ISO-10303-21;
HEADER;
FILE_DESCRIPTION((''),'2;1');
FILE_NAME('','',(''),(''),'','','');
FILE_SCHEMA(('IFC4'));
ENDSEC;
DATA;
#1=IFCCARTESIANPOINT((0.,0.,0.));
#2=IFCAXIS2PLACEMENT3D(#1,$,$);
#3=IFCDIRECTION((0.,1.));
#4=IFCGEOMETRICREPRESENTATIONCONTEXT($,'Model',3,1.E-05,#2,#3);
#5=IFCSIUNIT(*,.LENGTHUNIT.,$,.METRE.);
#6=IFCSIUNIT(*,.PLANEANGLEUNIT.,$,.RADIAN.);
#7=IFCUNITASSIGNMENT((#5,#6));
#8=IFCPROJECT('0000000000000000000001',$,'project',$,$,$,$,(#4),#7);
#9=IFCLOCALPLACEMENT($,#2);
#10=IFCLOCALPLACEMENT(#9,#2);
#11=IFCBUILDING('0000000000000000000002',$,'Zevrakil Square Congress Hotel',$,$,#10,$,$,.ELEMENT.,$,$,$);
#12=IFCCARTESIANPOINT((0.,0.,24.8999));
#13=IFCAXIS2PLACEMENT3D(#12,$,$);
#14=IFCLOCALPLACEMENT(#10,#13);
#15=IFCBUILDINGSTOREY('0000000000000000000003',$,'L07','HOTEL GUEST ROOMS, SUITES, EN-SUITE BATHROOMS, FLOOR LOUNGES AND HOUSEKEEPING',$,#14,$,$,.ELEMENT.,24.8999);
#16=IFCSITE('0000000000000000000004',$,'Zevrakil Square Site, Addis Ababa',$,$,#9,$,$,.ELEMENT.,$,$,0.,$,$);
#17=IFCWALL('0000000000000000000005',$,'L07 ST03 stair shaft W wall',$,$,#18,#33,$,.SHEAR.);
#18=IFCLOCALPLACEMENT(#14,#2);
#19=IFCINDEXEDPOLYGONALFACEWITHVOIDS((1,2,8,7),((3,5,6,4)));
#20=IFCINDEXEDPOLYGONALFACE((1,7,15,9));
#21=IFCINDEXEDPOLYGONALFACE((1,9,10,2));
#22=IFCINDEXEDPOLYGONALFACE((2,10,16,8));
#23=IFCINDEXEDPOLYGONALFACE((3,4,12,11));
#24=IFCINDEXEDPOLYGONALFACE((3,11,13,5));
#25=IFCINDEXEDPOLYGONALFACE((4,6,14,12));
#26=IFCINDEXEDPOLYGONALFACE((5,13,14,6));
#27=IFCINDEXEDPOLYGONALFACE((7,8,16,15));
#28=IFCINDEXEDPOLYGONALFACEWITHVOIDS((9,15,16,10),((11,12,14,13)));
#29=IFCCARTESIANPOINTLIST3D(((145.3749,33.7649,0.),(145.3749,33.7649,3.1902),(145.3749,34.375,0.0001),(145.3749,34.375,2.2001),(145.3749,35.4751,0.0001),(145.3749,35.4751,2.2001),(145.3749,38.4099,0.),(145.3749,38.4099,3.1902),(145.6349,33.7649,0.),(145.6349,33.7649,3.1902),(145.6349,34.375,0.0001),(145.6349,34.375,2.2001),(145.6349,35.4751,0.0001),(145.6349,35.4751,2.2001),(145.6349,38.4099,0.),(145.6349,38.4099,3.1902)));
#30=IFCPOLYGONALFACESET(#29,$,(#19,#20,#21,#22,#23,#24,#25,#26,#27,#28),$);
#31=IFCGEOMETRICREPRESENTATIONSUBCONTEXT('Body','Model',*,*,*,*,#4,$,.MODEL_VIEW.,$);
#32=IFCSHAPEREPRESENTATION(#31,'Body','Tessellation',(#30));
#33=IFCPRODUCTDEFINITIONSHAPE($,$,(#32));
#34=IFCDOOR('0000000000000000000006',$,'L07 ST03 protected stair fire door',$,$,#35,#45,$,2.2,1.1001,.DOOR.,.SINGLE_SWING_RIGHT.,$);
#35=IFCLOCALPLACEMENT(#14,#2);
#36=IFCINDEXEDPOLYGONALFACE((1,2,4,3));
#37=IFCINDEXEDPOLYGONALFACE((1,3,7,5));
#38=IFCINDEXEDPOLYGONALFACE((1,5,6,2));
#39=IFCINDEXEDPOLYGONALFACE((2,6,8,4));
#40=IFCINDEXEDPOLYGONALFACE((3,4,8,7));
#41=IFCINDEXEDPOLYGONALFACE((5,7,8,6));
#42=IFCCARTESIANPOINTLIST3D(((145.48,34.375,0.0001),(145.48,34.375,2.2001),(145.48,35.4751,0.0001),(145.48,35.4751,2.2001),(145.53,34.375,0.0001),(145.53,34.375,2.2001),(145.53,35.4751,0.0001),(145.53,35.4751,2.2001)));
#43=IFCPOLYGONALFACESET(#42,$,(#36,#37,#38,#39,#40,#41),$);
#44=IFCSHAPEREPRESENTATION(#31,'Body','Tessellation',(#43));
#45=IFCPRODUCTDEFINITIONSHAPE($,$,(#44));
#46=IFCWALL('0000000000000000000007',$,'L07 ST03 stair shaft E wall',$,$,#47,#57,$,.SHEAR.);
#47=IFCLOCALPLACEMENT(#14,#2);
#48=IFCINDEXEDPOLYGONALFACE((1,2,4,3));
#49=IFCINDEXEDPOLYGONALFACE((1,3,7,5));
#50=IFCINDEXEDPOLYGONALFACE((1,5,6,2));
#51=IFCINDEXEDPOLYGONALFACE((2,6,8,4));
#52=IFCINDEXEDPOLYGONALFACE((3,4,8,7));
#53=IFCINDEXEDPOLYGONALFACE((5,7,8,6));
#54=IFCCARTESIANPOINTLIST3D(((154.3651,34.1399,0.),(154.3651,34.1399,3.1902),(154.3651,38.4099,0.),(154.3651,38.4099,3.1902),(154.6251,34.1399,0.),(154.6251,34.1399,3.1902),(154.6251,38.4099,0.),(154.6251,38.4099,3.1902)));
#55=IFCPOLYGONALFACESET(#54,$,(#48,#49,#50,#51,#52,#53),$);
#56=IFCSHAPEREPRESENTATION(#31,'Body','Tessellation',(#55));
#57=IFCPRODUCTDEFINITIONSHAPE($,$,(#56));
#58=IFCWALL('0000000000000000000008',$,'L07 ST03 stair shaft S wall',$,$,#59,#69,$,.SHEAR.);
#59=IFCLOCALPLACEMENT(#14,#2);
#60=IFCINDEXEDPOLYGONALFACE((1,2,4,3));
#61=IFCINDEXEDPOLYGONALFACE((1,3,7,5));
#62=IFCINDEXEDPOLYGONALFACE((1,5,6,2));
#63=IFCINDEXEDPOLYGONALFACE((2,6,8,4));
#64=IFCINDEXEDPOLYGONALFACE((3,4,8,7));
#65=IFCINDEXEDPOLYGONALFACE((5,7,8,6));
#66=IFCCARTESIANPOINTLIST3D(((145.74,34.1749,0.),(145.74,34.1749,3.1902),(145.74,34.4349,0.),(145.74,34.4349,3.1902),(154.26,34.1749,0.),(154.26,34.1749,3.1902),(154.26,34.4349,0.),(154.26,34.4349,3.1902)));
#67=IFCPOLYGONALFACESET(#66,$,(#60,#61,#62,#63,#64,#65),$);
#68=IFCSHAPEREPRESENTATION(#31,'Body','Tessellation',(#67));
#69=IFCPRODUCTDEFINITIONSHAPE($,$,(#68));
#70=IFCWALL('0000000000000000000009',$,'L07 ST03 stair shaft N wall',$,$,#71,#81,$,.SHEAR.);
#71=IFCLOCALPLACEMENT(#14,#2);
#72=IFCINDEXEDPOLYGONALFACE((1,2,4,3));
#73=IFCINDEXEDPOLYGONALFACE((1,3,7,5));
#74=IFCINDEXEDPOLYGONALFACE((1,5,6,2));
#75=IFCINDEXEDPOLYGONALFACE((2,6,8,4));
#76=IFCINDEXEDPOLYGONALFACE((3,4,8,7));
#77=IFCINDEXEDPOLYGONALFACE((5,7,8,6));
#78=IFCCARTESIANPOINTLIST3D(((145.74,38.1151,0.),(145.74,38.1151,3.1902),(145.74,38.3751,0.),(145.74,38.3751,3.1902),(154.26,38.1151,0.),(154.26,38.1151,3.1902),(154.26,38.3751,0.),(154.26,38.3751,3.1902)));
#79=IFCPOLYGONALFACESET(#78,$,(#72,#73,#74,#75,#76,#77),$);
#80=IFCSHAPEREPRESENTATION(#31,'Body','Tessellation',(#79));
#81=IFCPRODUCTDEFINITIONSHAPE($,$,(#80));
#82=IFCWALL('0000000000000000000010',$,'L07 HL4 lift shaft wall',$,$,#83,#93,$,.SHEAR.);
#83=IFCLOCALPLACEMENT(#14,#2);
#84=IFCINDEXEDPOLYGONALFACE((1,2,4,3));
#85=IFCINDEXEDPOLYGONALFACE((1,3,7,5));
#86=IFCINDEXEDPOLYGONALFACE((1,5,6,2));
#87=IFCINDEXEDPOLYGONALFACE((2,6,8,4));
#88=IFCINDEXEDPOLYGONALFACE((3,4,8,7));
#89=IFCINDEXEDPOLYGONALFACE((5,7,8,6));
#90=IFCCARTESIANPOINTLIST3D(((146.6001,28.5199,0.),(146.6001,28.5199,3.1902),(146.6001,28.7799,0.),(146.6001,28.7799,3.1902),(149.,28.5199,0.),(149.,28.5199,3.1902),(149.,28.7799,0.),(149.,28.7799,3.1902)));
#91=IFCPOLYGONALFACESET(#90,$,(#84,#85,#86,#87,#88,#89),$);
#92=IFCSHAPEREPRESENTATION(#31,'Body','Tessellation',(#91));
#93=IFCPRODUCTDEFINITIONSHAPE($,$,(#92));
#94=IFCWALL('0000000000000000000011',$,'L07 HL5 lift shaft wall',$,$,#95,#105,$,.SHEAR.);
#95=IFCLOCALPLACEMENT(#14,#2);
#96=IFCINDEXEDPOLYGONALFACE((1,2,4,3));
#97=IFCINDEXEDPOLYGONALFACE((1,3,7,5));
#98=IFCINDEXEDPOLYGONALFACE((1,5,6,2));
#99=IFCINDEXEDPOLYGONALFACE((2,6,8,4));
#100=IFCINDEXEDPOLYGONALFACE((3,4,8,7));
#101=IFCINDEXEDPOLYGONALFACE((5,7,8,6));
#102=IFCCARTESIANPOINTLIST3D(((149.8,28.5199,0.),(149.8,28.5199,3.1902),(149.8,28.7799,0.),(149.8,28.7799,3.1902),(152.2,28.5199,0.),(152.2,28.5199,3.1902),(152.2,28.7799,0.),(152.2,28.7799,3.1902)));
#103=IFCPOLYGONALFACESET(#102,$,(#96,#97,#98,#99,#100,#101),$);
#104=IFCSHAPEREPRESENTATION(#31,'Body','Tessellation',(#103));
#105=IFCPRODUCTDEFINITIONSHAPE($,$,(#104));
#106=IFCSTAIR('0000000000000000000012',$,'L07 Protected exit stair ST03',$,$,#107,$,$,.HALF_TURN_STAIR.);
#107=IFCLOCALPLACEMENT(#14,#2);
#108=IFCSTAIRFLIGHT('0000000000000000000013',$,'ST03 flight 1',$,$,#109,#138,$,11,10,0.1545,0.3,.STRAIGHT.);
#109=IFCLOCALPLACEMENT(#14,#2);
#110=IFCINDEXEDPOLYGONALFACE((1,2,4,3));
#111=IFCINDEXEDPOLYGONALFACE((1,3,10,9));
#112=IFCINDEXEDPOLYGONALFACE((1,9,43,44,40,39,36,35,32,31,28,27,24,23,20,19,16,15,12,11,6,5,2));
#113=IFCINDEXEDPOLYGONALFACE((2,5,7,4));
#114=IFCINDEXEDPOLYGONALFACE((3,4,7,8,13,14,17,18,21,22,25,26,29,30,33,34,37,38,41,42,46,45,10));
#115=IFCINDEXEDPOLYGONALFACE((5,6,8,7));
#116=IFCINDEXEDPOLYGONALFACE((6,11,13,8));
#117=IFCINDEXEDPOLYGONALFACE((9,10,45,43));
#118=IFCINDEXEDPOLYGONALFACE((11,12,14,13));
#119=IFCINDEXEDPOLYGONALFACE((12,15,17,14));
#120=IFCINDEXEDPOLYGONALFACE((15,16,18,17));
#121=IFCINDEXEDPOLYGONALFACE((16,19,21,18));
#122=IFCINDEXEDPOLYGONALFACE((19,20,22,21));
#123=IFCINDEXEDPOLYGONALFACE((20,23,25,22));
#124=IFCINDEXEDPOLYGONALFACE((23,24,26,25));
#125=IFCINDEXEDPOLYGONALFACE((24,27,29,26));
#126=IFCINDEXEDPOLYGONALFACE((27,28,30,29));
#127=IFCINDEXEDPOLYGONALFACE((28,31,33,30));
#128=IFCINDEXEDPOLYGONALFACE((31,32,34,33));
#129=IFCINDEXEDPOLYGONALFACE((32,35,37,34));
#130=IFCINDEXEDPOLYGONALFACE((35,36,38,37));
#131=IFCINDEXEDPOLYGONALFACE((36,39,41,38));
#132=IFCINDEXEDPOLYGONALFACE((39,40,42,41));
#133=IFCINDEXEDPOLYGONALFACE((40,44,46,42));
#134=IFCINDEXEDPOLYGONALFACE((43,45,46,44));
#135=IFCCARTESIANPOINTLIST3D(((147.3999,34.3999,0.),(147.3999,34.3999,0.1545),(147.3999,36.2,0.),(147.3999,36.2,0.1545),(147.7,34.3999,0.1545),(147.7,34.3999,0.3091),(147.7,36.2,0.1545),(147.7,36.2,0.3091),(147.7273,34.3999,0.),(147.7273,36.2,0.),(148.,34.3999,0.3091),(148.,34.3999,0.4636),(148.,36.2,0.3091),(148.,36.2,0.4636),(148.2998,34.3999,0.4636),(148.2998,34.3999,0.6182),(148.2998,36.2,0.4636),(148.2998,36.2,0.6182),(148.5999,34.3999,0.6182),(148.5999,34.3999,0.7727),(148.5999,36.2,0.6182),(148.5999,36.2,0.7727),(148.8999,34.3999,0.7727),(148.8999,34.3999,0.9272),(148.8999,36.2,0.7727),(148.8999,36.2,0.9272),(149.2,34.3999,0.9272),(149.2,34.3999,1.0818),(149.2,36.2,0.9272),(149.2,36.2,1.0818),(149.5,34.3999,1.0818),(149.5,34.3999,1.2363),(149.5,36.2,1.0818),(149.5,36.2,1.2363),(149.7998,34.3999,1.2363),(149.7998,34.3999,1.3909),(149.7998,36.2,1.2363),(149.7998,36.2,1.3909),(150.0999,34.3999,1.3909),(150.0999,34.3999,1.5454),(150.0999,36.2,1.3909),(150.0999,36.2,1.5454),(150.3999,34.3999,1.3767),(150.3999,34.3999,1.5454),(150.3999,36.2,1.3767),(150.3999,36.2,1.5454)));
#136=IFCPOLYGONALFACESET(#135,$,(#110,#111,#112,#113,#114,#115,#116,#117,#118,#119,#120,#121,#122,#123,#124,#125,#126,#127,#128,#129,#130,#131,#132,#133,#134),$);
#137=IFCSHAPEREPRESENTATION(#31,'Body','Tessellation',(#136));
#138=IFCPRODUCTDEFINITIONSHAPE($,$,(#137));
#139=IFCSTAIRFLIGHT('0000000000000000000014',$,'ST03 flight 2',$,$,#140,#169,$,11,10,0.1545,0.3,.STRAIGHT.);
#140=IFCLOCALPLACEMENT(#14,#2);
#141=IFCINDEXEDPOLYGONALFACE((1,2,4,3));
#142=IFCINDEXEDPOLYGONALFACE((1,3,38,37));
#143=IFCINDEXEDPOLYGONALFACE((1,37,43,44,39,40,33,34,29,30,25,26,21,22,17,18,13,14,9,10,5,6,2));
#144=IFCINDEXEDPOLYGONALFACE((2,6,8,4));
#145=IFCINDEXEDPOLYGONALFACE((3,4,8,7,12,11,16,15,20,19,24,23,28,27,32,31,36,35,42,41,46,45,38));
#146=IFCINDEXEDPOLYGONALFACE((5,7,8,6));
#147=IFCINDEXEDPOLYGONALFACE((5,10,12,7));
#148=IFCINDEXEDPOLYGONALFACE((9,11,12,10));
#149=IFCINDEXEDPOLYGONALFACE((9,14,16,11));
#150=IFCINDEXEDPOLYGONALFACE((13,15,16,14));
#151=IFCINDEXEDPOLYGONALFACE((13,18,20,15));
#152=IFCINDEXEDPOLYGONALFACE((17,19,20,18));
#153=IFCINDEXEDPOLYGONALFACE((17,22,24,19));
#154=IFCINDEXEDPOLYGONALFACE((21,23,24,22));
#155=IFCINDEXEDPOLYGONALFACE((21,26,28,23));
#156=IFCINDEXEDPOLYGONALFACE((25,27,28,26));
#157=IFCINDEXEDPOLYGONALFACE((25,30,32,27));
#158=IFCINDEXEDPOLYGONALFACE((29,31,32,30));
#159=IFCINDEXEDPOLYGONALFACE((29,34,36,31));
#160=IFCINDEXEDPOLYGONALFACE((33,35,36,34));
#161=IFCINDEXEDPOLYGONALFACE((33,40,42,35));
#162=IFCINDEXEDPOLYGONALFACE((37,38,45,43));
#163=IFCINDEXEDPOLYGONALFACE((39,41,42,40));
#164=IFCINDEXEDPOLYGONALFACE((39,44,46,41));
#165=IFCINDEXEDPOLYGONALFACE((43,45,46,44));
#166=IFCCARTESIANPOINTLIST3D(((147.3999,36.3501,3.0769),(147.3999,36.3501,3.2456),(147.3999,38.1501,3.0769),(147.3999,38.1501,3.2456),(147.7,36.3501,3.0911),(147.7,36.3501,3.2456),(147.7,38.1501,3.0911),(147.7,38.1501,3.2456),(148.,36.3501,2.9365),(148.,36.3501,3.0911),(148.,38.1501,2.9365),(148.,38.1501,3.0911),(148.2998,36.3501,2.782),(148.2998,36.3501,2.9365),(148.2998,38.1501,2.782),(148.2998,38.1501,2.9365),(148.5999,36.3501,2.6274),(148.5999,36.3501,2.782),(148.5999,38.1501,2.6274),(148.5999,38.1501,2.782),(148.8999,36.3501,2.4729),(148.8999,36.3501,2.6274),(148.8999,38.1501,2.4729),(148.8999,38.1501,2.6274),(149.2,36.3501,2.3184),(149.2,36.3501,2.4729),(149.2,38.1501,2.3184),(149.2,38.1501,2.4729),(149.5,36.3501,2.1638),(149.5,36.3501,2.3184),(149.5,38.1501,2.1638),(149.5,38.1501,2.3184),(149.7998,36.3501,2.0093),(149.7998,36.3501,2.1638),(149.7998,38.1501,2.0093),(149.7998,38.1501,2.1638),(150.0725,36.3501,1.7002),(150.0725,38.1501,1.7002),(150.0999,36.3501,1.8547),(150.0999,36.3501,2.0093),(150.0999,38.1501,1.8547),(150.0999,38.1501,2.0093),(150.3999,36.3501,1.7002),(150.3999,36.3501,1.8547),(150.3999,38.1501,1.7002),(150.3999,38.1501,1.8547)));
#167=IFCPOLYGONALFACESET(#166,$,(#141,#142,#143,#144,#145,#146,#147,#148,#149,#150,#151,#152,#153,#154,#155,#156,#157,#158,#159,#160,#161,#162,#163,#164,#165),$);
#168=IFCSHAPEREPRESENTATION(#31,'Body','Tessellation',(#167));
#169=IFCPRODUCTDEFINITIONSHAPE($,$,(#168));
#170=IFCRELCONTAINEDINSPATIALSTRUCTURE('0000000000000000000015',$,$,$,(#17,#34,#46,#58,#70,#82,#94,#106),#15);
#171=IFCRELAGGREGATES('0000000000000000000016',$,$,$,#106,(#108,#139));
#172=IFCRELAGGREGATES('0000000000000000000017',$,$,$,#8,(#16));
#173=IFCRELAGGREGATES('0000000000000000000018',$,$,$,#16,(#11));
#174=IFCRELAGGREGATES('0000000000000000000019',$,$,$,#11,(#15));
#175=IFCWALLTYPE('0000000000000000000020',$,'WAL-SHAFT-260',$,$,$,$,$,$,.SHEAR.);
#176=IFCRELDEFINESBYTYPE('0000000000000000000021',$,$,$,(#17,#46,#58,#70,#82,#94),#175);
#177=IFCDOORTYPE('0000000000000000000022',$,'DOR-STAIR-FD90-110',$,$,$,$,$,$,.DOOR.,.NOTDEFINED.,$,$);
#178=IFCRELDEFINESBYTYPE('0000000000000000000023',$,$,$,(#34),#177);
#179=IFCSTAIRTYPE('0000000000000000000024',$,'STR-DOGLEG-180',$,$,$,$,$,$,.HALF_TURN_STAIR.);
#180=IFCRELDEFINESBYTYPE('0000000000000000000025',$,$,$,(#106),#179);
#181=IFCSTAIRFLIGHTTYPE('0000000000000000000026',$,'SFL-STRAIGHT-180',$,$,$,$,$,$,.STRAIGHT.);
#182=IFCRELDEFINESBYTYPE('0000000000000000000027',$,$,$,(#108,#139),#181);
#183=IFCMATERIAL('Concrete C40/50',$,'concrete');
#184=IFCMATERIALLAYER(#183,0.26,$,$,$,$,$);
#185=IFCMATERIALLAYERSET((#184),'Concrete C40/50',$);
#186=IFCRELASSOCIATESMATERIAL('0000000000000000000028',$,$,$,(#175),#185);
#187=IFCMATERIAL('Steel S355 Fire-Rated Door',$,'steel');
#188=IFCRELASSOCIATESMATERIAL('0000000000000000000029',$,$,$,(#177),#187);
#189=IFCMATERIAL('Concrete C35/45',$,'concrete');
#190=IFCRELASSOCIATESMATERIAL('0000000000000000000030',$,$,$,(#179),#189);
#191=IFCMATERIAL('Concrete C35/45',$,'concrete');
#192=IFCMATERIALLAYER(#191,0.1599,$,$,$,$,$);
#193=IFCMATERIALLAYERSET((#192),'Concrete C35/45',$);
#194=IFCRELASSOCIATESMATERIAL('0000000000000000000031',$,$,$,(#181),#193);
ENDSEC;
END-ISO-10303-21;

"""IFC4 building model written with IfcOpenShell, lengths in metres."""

from ifc_helpers import new_model, si_unit, direction, frame, frame_2d, origin, place, context, subcontext, project, spatial, polyline, rectangle, outline, extrude, material, layer, layer_set, type_object, element, fill, aggregate, save


model = new_model("IFC4")

# Units and contexts
model_context = context("Model", 3, precision=1e-05, world=origin(), true_north=direction((0.0, 1.0)))
body_context = subcontext(model_context, "Body", "Model", "MODEL_VIEW")
ifc_project = project(units=[si_unit("LENGTHUNIT", "METRE"), si_unit("PLANEANGLEUNIT", "RADIAN")], contexts=[model_context])

# Site, building, storey
site_placement = place(None, origin())
site = spatial("IfcSite", under=ifc_project, at=site_placement, Name="Zevrakil Square Site, Addis Ababa", CompositionType="ELEMENT", RefElevation=0.0)
building_placement = place(site_placement, origin())
building = spatial("IfcBuilding", under=site, at=building_placement, Name="Zevrakil Square Congress Hotel", CompositionType="ELEMENT")
storey_placement = place(building_placement, frame((0.0, 0.0, 24.8999)))
storey = spatial("IfcBuildingStorey", under=building, at=storey_placement, Name="L07", Description="HOTEL GUEST ROOMS, SUITES, EN-SUITE BATHROOMS, FLOOR LOUNGES AND HOUSEKEEPING", CompositionType="ELEMENT", Elevation=24.8999)

# Shared definitions
ifc_material_1 = material(Name="Concrete C40/50", Category="concrete")
ifc_layer_1 = layer(ifc_material_1, 0.26)
ifc_layer_set_1 = layer_set([ifc_layer_1], Name="Concrete C40/50")
wall_type_1 = type_object("IfcWallType", Name="WAL-SHAFT-260", PredefinedType="SHEAR", material=ifc_layer_set_1)

# Wall, opening, door
wall_1_placement = place(storey_placement, frame((145.5049, 33.7649, 0.0), z_axis=(0.0, 0.0, 1.0), x_axis=(0.0, 1.0, 0.0)))
wall_1 = element("IfcWall", 1, at=wall_1_placement, inside=storey, type_object=wall_type_1, Name="L07 ST03 stair shaft W wall", PredefinedType="SHEAR", context=body_context, shape_type="SweptSolid", body=[
    extrude(rectangle(XDim=4.645, YDim=0.26, at=frame_2d((2.3225, 0.0))), origin(), (0.0, 0.0, 1.0), 3.1902),
])
opening_placement = place(wall_1_placement, frame((0.6101, 0.0, 0.0)))
opening = element("IfcOpeningElement", 2, at=opening_placement, cuts=wall_1, PredefinedType="OPENING", context=body_context, shape_type="SweptSolid", body=[
    extrude(rectangle(XDim=1.1001, YDim=2.2, at=frame_2d((0.55, 1.1001))), frame((0.0, 0.1401, 0.0), z_axis=(0.0, -1.0, 0.0), x_axis=(1.0, 0.0, 0.0)), (0.0, 0.0, 1.0), 0.28),
])
ifc_material_2 = material(Name="Steel S355 Fire-Rated Door", Category="steel")
door_type = type_object("IfcDoorType", Name="DOR-STAIR-FD90-110", OperationType="NOTDEFINED", PredefinedType="DOOR", material=ifc_material_2)
door_placement = place(opening_placement, origin())
door = element("IfcDoor", 3, at=door_placement, inside=storey, type_object=door_type, Name="L07 ST03 protected stair fire door", OperationType="SINGLE_SWING_RIGHT", OverallHeight=2.2, OverallWidth=1.1001, PredefinedType="DOOR", context=body_context, shape_type="SweptSolid", body=[
    extrude(rectangle(XDim=1.1001, YDim=2.2, at=frame_2d((0.55, 1.1001))), frame((0.0, 0.0249, 0.0), z_axis=(0.0, -1.0, 0.0), x_axis=(1.0, 0.0, 0.0)), (0.0, 0.0, 1.0), 0.05),
])
fill(opening, door)

# Walls
wall_2_placement = place(storey_placement, frame((154.4951, 34.1399, 0.0), z_axis=(0.0, 0.0, 1.0), x_axis=(0.0, 1.0, 0.0)))
element("IfcWall", 4, at=wall_2_placement, inside=storey, type_object=wall_type_1, Name="L07 ST03 stair shaft E wall", PredefinedType="SHEAR", context=body_context, shape_type="SweptSolid", body=[
    extrude(rectangle(XDim=4.27, YDim=0.26, at=frame_2d((2.135, 0.0))), origin(), (0.0, 0.0, 1.0), 3.1902),
])
for number, where, z_axis, x_axis, name in (
    (5, (145.74, 34.3049, 0.0), (0.0, 0.0, 1.0), (1.0, 0.0, 0.0), "L07 ST03 stair shaft S wall"),
    (6, (145.74, 38.2451, 0.0), (0.0, 0.0, 1.0), (1.0, 0.0, 0.0), "L07 ST03 stair shaft N wall"),
):
    element("IfcWall", number, at=place(storey_placement, frame(where, z_axis=z_axis, x_axis=x_axis)), inside=storey, type_object=wall_type_1, Name=name, PredefinedType="SHEAR", context=body_context, shape_type="SweptSolid", body=[
        extrude(rectangle(XDim=8.52, YDim=0.26, at=frame_2d((4.26, 0.0))), origin(), (0.0, 0.0, 1.0), 3.1902),
    ])
for number, where, z_axis, x_axis, name in (
    (7, (146.6001, 28.6499, 0.0), (0.0, 0.0, 1.0), (1.0, 0.0, 0.0), "L07 HL4 lift shaft wall"),
    (8, (149.8, 28.6499, 0.0), (0.0, 0.0, 1.0), (1.0, 0.0, 0.0), "L07 HL5 lift shaft wall"),
):
    element("IfcWall", number, at=place(storey_placement, frame(where, z_axis=z_axis, x_axis=x_axis)), inside=storey, type_object=wall_type_1, Name=name, PredefinedType="SHEAR", context=body_context, shape_type="SweptSolid", body=[
        extrude(rectangle(XDim=2.3999, YDim=0.26, at=frame_2d((1.2, 0.0))), origin(), (0.0, 0.0, 1.0), 3.1902),
    ])

# Stair, stair flights
ifc_material_3 = material(Name="Concrete C35/45", Category="concrete")
stair_type = type_object("IfcStairType", Name="STR-DOGLEG-180", PredefinedType="HALF_TURN_STAIR", material=ifc_material_3)
stair_placement = place(storey_placement, origin())
stair = element("IfcStair", 9, at=stair_placement, inside=storey, type_object=stair_type, Name="L07 Protected exit stair ST03", PredefinedType="HALF_TURN_STAIR")
ifc_material_4 = material(Name="Concrete C35/45", Category="concrete")
ifc_layer_2 = layer(ifc_material_4, 0.1599)
ifc_layer_set_2 = layer_set([ifc_layer_2], Name="Concrete C35/45")
stair_flight_type = type_object("IfcStairFlightType", Name="SFL-STRAIGHT-180", PredefinedType="STRAIGHT", material=ifc_layer_set_2)
stair_flight_1_placement = place(storey_placement, frame((147.3999, 35.3, 0.0), z_axis=(0.0, 0.0, 1.0), x_axis=(1.0, 0.0, 0.0)))
stair_flight_1 = element("IfcStairFlight", 10, at=stair_flight_1_placement, type_object=stair_flight_type, Name="ST03 flight 1", NumberOfRisers=11, NumberOfTreads=10, PredefinedType="STRAIGHT", RiserHeight=0.1545, TreadLength=0.3, context=body_context, shape_type="SweptSolid", body=[
    extrude(outline(polyline([(0.0, 0.0), (0.0, 0.1545), (0.3, 0.1545), (0.3, 0.3091), (0.6001, 0.3091), (0.6001, 0.4636), (0.8999, 0.4636), (0.8999, 0.6182), (1.2, 0.6182), (1.2, 0.7727), (1.5, 0.7727), (1.5, 0.9272), (1.8, 0.9272), (1.8, 1.0818), (2.1001, 1.0818), (2.1001, 1.2363), (2.3999, 1.2363), (2.3999, 1.3909), (2.7, 1.3909), (2.7, 1.5454), (3.0, 1.5454), (3.0, 1.7), (3.0, 1.3767), (0.3274, 0.0), (0.0, 0.0)])), frame((0.0, 0.8999, 0.0), z_axis=(0.0, -1.0, 0.0), x_axis=(1.0, 0.0, 0.0)), (0.0, 0.0, 1.0), 1.8),
])
stair_flight_2_placement = place(storey_placement, frame((150.3999, 37.25, 1.7002), z_axis=(0.0, 0.0, 1.0), x_axis=(-1.0, 0.0, 0.0)))
stair_flight_2 = element("IfcStairFlight", 11, at=stair_flight_2_placement, type_object=stair_flight_type, Name="ST03 flight 2", NumberOfRisers=11, NumberOfTreads=10, PredefinedType="STRAIGHT", RiserHeight=0.1545, TreadLength=0.3, context=body_context, shape_type="SweptSolid", body=[
    extrude(outline(polyline([(0.0, 0.0), (0.0, 0.1545), (0.3, 0.1545), (0.3, 0.3091), (0.6001, 0.3091), (0.6001, 0.4636), (0.8999, 0.4636), (0.8999, 0.6182), (1.2, 0.6182), (1.2, 0.7727), (1.5, 0.7727), (1.5, 0.9272), (1.8, 0.9272), (1.8, 1.0818), (2.1001, 1.0818), (2.1001, 1.2363), (2.3999, 1.2363), (2.3999, 1.3909), (2.7, 1.3909), (2.7, 1.5454), (3.0, 1.5454), (3.0, 1.7), (3.0, 1.3767), (0.3274, 0.0), (0.0, 0.0)])), frame((0.0, 0.8999, 0.0), z_axis=(0.0, -1.0, 0.0), x_axis=(1.0, 0.0, 0.0)), (0.0, 0.0, 1.0), 1.8),
])
aggregate(stair, [stair_flight_1, stair_flight_2])

save(model, "model.ifc")
